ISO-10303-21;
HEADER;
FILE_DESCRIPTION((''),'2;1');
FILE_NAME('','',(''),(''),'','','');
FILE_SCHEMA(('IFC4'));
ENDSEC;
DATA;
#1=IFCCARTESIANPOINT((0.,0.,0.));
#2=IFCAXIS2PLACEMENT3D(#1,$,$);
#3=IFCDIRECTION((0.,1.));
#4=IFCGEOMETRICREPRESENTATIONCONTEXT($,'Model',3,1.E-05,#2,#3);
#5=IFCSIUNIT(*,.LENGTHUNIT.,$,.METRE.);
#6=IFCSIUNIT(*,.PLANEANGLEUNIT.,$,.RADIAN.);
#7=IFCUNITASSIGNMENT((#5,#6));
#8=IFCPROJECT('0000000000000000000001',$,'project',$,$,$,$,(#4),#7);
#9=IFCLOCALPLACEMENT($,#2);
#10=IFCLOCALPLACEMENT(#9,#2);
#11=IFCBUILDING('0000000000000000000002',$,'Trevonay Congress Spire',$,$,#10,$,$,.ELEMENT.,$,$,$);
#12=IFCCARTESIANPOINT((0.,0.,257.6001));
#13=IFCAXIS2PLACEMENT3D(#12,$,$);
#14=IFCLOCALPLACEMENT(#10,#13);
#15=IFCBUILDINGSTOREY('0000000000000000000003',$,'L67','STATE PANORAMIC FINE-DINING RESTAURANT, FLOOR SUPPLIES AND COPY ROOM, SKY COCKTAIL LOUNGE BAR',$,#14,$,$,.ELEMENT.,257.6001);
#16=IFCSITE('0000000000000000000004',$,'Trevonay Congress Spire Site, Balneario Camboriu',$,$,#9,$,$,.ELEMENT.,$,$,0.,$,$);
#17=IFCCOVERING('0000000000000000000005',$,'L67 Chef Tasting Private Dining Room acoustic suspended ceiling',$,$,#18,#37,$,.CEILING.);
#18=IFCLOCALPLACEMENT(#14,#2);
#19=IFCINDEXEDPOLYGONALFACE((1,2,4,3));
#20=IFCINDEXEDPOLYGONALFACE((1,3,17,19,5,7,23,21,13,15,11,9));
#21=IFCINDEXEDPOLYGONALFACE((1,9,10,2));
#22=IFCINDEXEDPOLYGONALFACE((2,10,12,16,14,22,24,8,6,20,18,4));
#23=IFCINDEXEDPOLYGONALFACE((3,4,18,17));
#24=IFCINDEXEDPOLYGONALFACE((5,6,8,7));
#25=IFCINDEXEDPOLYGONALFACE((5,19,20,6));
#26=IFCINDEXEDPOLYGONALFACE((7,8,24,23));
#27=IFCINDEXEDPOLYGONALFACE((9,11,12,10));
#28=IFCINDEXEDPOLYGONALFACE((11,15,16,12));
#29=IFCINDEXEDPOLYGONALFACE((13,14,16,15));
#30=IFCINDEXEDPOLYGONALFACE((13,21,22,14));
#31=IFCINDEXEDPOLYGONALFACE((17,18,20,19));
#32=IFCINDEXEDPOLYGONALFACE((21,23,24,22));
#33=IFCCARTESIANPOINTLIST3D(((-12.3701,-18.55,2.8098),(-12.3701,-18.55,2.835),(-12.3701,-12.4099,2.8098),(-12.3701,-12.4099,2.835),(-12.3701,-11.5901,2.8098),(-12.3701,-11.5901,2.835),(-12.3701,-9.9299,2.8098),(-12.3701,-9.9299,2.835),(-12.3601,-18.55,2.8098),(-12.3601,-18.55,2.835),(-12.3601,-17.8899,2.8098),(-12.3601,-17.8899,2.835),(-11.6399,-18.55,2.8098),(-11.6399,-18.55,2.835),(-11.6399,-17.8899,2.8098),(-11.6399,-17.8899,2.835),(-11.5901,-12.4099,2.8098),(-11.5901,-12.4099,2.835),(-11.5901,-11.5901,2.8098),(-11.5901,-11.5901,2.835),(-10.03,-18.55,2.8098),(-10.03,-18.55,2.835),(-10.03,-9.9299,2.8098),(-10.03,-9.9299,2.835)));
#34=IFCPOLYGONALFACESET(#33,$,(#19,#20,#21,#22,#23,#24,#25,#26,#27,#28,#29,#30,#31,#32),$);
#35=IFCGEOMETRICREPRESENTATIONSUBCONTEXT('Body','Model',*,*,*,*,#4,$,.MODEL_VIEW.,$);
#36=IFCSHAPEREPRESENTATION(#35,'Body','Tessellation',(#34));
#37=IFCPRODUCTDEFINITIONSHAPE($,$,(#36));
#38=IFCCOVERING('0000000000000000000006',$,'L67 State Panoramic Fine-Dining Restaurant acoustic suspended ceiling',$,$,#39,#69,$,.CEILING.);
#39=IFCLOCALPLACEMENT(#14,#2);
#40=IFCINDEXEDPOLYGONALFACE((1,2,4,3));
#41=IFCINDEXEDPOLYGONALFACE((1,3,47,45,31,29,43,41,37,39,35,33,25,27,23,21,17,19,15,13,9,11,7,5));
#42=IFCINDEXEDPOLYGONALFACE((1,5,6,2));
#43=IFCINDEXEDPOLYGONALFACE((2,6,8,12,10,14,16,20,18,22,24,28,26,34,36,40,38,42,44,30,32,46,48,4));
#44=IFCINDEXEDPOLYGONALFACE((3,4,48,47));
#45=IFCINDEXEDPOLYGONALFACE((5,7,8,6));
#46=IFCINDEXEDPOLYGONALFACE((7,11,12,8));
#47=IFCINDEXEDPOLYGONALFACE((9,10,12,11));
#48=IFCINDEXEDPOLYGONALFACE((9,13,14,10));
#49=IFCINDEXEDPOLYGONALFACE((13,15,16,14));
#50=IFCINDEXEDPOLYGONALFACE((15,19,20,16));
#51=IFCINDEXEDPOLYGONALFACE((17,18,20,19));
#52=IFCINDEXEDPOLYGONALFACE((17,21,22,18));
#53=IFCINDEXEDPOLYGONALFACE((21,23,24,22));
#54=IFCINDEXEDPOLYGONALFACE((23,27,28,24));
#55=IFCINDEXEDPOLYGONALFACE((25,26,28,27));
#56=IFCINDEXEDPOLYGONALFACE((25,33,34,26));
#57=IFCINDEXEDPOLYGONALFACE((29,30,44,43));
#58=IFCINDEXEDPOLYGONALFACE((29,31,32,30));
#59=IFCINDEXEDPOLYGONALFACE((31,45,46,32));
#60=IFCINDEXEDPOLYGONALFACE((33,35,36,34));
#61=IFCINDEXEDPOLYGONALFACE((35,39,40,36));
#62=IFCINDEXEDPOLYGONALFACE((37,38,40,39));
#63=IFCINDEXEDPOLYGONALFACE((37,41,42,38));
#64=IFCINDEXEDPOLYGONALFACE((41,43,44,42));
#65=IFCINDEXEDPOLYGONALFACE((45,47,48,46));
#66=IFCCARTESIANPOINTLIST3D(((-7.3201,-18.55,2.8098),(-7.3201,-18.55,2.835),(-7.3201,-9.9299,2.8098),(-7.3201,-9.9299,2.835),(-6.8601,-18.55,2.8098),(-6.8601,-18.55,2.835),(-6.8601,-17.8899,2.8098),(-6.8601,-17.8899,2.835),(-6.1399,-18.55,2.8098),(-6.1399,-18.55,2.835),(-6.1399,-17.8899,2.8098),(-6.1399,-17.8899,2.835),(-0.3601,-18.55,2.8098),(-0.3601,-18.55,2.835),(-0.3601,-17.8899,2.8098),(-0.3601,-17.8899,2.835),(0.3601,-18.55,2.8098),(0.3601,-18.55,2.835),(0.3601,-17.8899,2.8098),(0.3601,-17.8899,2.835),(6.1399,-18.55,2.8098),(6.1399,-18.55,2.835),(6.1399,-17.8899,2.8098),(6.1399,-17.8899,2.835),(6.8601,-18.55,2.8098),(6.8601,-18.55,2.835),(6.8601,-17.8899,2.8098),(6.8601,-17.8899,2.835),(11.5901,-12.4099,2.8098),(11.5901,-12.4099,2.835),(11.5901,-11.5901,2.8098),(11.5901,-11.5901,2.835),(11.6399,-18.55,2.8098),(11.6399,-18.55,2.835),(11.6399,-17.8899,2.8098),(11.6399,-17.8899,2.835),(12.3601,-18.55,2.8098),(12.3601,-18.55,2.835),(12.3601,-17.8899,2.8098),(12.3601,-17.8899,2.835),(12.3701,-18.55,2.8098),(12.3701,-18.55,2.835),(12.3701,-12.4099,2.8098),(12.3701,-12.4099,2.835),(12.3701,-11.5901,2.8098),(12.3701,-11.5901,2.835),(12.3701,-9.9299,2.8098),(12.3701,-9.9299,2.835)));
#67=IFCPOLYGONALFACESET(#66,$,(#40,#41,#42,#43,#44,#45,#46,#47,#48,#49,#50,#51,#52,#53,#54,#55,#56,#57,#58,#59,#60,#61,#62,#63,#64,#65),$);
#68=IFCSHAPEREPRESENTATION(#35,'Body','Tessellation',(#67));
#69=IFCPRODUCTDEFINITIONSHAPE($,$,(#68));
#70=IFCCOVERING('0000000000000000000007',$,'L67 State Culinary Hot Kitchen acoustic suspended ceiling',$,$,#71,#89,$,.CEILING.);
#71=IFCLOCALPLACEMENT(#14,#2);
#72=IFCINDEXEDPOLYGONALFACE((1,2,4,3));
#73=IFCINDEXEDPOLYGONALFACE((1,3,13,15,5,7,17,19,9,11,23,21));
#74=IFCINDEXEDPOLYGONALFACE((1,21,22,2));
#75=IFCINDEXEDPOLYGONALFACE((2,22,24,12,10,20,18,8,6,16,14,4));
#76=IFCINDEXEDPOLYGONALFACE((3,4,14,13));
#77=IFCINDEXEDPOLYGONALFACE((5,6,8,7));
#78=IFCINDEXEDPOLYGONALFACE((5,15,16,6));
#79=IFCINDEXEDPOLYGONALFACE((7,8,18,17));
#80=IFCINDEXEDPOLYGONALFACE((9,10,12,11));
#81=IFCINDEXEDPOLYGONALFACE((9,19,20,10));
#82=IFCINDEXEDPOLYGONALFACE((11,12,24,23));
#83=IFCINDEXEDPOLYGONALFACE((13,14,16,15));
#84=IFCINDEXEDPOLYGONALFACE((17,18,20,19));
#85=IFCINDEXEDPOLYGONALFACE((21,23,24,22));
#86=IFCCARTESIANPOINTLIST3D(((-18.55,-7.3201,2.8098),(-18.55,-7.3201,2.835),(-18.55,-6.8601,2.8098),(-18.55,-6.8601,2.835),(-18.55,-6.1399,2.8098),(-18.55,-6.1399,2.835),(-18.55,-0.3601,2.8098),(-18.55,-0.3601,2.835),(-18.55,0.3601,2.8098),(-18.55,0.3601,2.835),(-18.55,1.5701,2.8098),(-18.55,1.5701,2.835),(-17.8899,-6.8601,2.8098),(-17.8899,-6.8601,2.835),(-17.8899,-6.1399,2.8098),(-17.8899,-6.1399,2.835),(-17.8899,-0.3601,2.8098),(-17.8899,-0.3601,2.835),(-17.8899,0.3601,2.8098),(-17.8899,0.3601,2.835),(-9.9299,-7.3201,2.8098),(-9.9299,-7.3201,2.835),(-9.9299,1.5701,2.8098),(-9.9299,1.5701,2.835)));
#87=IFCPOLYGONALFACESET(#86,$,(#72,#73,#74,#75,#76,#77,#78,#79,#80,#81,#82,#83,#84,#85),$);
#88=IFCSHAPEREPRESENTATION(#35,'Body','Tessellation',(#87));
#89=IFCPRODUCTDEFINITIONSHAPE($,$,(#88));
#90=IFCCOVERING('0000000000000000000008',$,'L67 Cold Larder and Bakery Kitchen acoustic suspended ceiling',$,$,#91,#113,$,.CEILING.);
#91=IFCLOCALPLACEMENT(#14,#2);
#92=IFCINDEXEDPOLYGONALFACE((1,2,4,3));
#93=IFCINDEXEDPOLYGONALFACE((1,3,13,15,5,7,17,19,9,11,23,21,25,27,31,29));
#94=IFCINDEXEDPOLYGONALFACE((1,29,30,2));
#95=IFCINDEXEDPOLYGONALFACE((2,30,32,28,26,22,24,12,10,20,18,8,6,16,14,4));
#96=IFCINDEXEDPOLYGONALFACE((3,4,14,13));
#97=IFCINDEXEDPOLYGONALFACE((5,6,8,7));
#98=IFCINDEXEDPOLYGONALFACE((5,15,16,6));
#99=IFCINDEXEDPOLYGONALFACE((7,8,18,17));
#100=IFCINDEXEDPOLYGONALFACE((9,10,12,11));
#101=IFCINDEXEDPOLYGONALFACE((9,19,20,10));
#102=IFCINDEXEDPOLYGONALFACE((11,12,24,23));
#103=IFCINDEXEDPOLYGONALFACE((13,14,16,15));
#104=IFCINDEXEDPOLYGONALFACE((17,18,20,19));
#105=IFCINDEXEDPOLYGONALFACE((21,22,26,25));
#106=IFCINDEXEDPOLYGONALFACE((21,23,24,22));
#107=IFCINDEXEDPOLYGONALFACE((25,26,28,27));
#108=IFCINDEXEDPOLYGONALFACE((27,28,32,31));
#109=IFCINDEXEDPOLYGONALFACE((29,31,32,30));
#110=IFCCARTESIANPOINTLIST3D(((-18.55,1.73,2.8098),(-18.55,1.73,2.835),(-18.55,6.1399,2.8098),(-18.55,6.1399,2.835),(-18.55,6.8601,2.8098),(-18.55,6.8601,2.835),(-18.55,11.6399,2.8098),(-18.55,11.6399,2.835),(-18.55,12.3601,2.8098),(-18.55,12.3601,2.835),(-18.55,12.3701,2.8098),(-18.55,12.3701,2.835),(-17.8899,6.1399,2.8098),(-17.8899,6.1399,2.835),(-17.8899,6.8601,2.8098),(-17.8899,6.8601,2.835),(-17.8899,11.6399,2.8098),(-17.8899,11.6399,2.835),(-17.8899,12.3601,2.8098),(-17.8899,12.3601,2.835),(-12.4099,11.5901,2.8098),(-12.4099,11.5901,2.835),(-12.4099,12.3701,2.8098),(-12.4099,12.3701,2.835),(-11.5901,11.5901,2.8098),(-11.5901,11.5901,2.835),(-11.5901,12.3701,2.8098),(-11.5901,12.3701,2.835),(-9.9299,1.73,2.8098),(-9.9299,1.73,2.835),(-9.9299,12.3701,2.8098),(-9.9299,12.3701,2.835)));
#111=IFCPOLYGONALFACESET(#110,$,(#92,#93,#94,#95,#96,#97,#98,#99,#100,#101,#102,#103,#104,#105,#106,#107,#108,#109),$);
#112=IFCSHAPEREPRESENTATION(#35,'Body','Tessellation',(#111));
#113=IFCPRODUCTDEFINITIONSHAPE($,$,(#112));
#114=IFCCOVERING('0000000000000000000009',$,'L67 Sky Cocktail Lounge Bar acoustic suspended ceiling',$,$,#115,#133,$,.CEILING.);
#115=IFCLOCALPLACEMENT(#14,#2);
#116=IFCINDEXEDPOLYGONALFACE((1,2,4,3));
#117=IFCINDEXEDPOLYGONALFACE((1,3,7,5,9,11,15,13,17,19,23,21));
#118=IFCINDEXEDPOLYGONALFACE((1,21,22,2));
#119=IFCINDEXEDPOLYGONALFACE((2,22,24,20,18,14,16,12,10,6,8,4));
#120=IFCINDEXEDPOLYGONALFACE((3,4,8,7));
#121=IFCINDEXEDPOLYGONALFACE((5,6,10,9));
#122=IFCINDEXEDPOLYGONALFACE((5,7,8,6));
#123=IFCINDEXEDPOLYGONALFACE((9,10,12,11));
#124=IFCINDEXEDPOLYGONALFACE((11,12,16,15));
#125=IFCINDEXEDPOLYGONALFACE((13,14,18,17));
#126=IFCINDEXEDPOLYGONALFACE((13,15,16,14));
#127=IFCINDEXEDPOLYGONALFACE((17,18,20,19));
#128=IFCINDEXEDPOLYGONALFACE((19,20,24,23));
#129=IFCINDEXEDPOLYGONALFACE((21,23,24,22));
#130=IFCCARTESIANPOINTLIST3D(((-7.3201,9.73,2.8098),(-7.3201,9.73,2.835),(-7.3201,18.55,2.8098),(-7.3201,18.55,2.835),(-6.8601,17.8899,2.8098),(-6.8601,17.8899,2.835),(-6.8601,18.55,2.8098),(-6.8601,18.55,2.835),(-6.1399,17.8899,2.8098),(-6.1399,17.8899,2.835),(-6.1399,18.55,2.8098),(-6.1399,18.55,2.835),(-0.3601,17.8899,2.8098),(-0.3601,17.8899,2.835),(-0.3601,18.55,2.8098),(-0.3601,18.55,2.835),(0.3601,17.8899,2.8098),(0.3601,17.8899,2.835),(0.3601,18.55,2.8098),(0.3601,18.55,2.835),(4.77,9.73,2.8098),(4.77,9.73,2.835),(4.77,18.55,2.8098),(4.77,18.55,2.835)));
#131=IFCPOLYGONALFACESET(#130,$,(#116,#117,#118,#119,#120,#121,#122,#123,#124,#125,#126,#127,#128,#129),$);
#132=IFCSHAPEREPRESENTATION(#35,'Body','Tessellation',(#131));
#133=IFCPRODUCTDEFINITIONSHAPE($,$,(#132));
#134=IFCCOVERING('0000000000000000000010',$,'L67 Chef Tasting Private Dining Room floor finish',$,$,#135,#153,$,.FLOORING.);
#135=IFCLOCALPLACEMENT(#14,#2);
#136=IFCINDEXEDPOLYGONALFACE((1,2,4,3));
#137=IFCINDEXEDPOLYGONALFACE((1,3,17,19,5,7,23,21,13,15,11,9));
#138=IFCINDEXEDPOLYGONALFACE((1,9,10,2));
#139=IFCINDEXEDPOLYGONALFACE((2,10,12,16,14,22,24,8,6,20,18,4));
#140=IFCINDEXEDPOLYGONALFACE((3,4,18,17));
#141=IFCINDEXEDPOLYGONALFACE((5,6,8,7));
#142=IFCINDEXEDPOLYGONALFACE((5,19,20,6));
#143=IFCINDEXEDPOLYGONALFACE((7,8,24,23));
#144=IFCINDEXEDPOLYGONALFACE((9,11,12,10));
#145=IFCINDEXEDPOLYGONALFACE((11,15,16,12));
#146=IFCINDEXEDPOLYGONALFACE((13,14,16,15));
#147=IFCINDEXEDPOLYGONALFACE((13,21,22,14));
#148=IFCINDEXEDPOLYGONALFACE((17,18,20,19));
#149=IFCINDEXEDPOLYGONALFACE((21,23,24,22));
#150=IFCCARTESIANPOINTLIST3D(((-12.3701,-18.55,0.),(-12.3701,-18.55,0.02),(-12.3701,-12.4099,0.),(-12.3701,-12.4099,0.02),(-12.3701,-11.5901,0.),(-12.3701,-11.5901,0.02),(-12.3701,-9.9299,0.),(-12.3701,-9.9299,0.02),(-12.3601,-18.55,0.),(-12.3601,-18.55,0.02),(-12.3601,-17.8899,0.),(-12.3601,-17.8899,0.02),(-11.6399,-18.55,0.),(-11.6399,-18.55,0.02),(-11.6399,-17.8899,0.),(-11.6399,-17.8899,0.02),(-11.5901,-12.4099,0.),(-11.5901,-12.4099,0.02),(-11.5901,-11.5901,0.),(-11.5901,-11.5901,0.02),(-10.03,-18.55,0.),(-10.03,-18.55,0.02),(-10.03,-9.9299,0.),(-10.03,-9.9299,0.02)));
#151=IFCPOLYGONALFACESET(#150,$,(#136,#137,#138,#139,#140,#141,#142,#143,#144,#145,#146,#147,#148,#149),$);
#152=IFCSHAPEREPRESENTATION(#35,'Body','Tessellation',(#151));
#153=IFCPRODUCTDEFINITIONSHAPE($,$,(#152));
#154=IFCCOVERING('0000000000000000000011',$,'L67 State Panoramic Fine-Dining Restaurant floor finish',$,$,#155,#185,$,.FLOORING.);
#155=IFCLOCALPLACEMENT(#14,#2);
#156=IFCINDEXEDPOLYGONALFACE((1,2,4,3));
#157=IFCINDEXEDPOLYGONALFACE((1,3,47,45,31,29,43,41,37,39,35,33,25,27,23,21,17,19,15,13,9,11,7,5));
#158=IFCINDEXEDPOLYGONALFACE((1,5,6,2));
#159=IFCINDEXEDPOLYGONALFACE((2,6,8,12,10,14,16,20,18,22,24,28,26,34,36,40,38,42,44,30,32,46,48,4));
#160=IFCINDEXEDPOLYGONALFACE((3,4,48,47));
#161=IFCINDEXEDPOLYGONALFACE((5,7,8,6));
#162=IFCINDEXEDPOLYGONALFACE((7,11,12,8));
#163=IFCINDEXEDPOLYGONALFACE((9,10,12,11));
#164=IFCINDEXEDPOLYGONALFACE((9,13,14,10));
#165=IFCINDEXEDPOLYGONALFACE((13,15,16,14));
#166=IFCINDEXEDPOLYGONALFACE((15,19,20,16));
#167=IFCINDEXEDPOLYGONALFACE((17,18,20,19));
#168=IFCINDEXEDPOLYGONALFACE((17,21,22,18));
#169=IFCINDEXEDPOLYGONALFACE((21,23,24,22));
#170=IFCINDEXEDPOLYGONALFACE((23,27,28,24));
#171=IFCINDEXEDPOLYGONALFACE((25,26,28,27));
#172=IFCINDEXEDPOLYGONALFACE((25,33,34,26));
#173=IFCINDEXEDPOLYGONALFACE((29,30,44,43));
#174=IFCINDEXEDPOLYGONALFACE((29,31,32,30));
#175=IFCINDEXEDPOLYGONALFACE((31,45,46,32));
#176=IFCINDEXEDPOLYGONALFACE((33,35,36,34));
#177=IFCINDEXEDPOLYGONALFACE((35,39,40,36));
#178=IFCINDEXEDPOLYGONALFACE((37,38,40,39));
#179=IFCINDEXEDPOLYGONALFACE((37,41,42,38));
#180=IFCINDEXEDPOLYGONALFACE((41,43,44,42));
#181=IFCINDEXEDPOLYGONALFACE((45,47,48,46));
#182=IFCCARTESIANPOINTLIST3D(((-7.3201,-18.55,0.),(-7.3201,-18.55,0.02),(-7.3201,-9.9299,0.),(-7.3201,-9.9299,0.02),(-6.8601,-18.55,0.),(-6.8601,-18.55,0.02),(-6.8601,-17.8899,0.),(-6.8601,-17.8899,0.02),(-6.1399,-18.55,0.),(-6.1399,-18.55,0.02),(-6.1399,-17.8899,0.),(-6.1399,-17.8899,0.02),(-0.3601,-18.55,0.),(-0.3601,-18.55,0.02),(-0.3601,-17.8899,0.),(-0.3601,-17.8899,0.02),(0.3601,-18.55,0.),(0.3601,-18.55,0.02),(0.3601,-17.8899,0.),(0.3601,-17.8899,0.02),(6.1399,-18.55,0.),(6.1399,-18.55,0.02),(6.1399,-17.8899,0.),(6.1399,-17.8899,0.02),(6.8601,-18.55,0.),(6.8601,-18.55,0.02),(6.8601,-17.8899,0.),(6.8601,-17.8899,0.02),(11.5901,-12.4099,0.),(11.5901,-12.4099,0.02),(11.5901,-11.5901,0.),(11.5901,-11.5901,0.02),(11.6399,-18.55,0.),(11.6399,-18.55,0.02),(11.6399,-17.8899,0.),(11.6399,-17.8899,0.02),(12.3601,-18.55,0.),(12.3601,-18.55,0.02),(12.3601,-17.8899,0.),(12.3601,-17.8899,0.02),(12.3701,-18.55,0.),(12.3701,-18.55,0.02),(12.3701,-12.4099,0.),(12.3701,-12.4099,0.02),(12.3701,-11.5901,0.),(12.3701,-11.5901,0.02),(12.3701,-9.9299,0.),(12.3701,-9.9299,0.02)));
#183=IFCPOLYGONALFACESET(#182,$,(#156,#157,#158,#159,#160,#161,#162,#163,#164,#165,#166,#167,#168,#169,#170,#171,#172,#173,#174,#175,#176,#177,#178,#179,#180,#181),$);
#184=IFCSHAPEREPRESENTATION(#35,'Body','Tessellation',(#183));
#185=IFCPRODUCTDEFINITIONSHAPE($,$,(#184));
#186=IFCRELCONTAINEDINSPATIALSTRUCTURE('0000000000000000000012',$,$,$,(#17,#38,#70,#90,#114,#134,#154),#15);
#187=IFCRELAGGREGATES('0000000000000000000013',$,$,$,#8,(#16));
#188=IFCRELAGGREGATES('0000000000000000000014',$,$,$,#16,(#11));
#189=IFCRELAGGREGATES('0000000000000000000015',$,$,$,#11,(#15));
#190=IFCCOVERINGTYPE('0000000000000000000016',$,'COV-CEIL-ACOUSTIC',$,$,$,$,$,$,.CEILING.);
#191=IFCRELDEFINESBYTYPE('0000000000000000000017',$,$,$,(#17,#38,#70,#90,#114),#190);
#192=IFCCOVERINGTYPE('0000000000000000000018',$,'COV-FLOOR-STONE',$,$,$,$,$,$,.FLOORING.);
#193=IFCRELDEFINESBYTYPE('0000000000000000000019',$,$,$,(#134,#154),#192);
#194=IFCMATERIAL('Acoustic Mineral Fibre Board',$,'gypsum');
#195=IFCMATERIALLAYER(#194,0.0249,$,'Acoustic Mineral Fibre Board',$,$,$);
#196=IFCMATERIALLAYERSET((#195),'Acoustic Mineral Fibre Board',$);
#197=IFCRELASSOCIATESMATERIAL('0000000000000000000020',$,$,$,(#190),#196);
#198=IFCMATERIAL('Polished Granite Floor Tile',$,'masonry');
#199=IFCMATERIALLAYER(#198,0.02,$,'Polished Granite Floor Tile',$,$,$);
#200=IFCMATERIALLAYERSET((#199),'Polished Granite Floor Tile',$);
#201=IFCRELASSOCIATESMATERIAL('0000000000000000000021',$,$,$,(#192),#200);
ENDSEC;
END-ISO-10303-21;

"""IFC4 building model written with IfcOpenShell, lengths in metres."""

from ifc_helpers import new_model, si_unit, direction, frame, origin, place, context, subcontext, project, spatial, polyline, outline, extrude, material, layer, layer_set, type_object, element, save


model = new_model("IFC4")

# Units and contexts
model_context = context("Model", 3, precision=1e-05, world=origin(), true_north=direction((0.0, 1.0)))
body_context = subcontext(model_context, "Body", "Model", "MODEL_VIEW")
ifc_project = project(units=[si_unit("LENGTHUNIT", "METRE"), si_unit("PLANEANGLEUNIT", "RADIAN")], contexts=[model_context])

# Site, building, storey
site_placement = place(None, origin())
site = spatial("IfcSite", under=ifc_project, at=site_placement, Name="Trevonay Congress Spire Site, Balneario Camboriu", CompositionType="ELEMENT", RefElevation=0.0)
building_placement = place(site_placement, origin())
building = spatial("IfcBuilding", under=site, at=building_placement, Name="Trevonay Congress Spire", CompositionType="ELEMENT")
storey_placement = place(building_placement, frame((0.0, 0.0, 257.6001)))
storey = spatial("IfcBuildingStorey", under=building, at=storey_placement, Name="L67", Description="STATE PANORAMIC FINE-DINING RESTAURANT, FLOOR SUPPLIES AND COPY ROOM, SKY COCKTAIL LOUNGE BAR", CompositionType="ELEMENT", Elevation=257.6001)

# Coverings
ifc_material_1 = material(Name="Acoustic Mineral Fibre Board", Category="gypsum")
ifc_layer_1 = layer(ifc_material_1, 0.0249, Name="Acoustic Mineral Fibre Board")
ifc_layer_set_1 = layer_set([ifc_layer_1], Name="Acoustic Mineral Fibre Board")
covering_type_1 = type_object("IfcCoveringType", Name="COV-CEIL-ACOUSTIC", PredefinedType="CEILING", material=ifc_layer_set_1)
covering_1_placement = place(storey_placement, frame((0.0, 0.0, 2.8098)))
element("IfcCovering", 1, at=covering_1_placement, inside=storey, type_object=covering_type_1, Name="L67 Chef Tasting Private Dining Room acoustic suspended ceiling", PredefinedType="CEILING", context=body_context, shape_type="SweptSolid", body=[
    extrude(outline(polyline([(-12.3701, -18.55), (-12.3701, -12.4099), (-11.5901, -12.4099), (-11.5901, -11.5901), (-12.3701, -11.5901), (-12.3701, -9.9299), (-10.03, -9.9299), (-10.03, -18.55), (-11.6399, -18.55), (-11.6399, -17.8899), (-12.3601, -17.8899), (-12.3601, -18.55), (-12.3701, -18.55)])), origin(), (0.0, 0.0, 1.0), 0.0251),
])
covering_2_placement = place(storey_placement, frame((0.0, 0.0, 2.8098)))
element("IfcCovering", 2, at=covering_2_placement, inside=storey, type_object=covering_type_1, Name="L67 State Panoramic Fine-Dining Restaurant acoustic suspended ceiling", PredefinedType="CEILING", context=body_context, shape_type="SweptSolid", body=[
    extrude(outline(polyline([(-7.3201, -18.55), (-7.3201, -9.9299), (12.3701, -9.9299), (12.3701, -11.5901), (11.5901, -11.5901), (11.5901, -12.4099), (12.3701, -12.4099), (12.3701, -18.55), (12.3601, -18.55), (12.3601, -17.8899), (11.6399, -17.8899), (11.6399, -18.55), (6.8601, -18.55), (6.8601, -17.8899), (6.1399, -17.8899), (6.1399, -18.55), (0.3601, -18.55), (0.3601, -17.8899), (-0.3601, -17.8899), (-0.3601, -18.55), (-6.1399, -18.55), (-6.1399, -17.8899), (-6.8601, -17.8899), (-6.8601, -18.55), (-7.3201, -18.55)])), origin(), (0.0, 0.0, 1.0), 0.0251),
])
covering_3_placement = place(storey_placement, frame((0.0, 0.0, 2.8098)))
element("IfcCovering", 3, at=covering_3_placement, inside=storey, type_object=covering_type_1, Name="L67 State Culinary Hot Kitchen acoustic suspended ceiling", PredefinedType="CEILING", context=body_context, shape_type="SweptSolid", body=[
    extrude(outline(polyline([(-18.55, 1.5701), (-9.9299, 1.5701), (-9.9299, -7.3201), (-18.55, -7.3201), (-18.55, -6.8601), (-17.8899, -6.8601), (-17.8899, -6.1399), (-18.55, -6.1399), (-18.55, -0.3601), (-17.8899, -0.3601), (-17.8899, 0.3601), (-18.55, 0.3601), (-18.55, 1.5701)])), origin(), (0.0, 0.0, 1.0), 0.0251),
])
covering_4_placement = place(storey_placement, frame((0.0, 0.0, 2.8098)))
element("IfcCovering", 4, at=covering_4_placement, inside=storey, type_object=covering_type_1, Name="L67 Cold Larder and Bakery Kitchen acoustic suspended ceiling", PredefinedType="CEILING", context=body_context, shape_type="SweptSolid", body=[
    extrude(outline(polyline([(-9.9299, 12.3701), (-9.9299, 1.73), (-18.55, 1.73), (-18.55, 6.1399), (-17.8899, 6.1399), (-17.8899, 6.8601), (-18.55, 6.8601), (-18.55, 11.6399), (-17.8899, 11.6399), (-17.8899, 12.3601), (-18.55, 12.3601), (-18.55, 12.3701), (-12.4099, 12.3701), (-12.4099, 11.5901), (-11.5901, 11.5901), (-11.5901, 12.3701), (-9.9299, 12.3701)])), origin(), (0.0, 0.0, 1.0), 0.0251),
])
covering_5_placement = place(storey_placement, frame((0.0, 0.0, 2.8098)))
element("IfcCovering", 5, at=covering_5_placement, inside=storey, type_object=covering_type_1, Name="L67 Sky Cocktail Lounge Bar acoustic suspended ceiling", PredefinedType="CEILING", context=body_context, shape_type="SweptSolid", body=[
    extrude(outline(polyline([(4.77, 18.55), (4.77, 9.73), (-7.3201, 9.73), (-7.3201, 18.55), (-6.8601, 18.55), (-6.8601, 17.8899), (-6.1399, 17.8899), (-6.1399, 18.55), (-0.3601, 18.55), (-0.3601, 17.8899), (0.3601, 17.8899), (0.3601, 18.55), (4.77, 18.55)])), origin(), (0.0, 0.0, 1.0), 0.0251),
])
ifc_material_2 = material(Name="Polished Granite Floor Tile", Category="masonry")
ifc_layer_2 = layer(ifc_material_2, 0.02, Name="Polished Granite Floor Tile")
ifc_layer_set_2 = layer_set([ifc_layer_2], Name="Polished Granite Floor Tile")
covering_type_2 = type_object("IfcCoveringType", Name="COV-FLOOR-STONE", PredefinedType="FLOORING", material=ifc_layer_set_2)
covering_6_placement = place(storey_placement, origin())
element("IfcCovering", 6, at=covering_6_placement, inside=storey, type_object=covering_type_2, Name="L67 Chef Tasting Private Dining Room floor finish", PredefinedType="FLOORING", context=body_context, shape_type="SweptSolid", body=[
    extrude(outline(polyline([(-12.3701, -18.55), (-12.3701, -12.4099), (-11.5901, -12.4099), (-11.5901, -11.5901), (-12.3701, -11.5901), (-12.3701, -9.9299), (-10.03, -9.9299), (-10.03, -18.55), (-11.6399, -18.55), (-11.6399, -17.8899), (-12.3601, -17.8899), (-12.3601, -18.55), (-12.3701, -18.55)])), origin(), (0.0, 0.0, 1.0), 0.02),
])
covering_7_placement = place(storey_placement, origin())
element("IfcCovering", 7, at=covering_7_placement, inside=storey, type_object=covering_type_2, Name="L67 State Panoramic Fine-Dining Restaurant floor finish", PredefinedType="FLOORING", context=body_context, shape_type="SweptSolid", body=[
    extrude(outline(polyline([(-7.3201, -18.55), (-7.3201, -9.9299), (12.3701, -9.9299), (12.3701, -11.5901), (11.5901, -11.5901), (11.5901, -12.4099), (12.3701, -12.4099), (12.3701, -18.55), (12.3601, -18.55), (12.3601, -17.8899), (11.6399, -17.8899), (11.6399, -18.55), (6.8601, -18.55), (6.8601, -17.8899), (6.1399, -17.8899), (6.1399, -18.55), (0.3601, -18.55), (0.3601, -17.8899), (-0.3601, -17.8899), (-0.3601, -18.55), (-6.1399, -18.55), (-6.1399, -17.8899), (-6.8601, -17.8899), (-6.8601, -18.55), (-7.3201, -18.55)])), origin(), (0.0, 0.0, 1.0), 0.02),
])

save(model, "model.ifc")
